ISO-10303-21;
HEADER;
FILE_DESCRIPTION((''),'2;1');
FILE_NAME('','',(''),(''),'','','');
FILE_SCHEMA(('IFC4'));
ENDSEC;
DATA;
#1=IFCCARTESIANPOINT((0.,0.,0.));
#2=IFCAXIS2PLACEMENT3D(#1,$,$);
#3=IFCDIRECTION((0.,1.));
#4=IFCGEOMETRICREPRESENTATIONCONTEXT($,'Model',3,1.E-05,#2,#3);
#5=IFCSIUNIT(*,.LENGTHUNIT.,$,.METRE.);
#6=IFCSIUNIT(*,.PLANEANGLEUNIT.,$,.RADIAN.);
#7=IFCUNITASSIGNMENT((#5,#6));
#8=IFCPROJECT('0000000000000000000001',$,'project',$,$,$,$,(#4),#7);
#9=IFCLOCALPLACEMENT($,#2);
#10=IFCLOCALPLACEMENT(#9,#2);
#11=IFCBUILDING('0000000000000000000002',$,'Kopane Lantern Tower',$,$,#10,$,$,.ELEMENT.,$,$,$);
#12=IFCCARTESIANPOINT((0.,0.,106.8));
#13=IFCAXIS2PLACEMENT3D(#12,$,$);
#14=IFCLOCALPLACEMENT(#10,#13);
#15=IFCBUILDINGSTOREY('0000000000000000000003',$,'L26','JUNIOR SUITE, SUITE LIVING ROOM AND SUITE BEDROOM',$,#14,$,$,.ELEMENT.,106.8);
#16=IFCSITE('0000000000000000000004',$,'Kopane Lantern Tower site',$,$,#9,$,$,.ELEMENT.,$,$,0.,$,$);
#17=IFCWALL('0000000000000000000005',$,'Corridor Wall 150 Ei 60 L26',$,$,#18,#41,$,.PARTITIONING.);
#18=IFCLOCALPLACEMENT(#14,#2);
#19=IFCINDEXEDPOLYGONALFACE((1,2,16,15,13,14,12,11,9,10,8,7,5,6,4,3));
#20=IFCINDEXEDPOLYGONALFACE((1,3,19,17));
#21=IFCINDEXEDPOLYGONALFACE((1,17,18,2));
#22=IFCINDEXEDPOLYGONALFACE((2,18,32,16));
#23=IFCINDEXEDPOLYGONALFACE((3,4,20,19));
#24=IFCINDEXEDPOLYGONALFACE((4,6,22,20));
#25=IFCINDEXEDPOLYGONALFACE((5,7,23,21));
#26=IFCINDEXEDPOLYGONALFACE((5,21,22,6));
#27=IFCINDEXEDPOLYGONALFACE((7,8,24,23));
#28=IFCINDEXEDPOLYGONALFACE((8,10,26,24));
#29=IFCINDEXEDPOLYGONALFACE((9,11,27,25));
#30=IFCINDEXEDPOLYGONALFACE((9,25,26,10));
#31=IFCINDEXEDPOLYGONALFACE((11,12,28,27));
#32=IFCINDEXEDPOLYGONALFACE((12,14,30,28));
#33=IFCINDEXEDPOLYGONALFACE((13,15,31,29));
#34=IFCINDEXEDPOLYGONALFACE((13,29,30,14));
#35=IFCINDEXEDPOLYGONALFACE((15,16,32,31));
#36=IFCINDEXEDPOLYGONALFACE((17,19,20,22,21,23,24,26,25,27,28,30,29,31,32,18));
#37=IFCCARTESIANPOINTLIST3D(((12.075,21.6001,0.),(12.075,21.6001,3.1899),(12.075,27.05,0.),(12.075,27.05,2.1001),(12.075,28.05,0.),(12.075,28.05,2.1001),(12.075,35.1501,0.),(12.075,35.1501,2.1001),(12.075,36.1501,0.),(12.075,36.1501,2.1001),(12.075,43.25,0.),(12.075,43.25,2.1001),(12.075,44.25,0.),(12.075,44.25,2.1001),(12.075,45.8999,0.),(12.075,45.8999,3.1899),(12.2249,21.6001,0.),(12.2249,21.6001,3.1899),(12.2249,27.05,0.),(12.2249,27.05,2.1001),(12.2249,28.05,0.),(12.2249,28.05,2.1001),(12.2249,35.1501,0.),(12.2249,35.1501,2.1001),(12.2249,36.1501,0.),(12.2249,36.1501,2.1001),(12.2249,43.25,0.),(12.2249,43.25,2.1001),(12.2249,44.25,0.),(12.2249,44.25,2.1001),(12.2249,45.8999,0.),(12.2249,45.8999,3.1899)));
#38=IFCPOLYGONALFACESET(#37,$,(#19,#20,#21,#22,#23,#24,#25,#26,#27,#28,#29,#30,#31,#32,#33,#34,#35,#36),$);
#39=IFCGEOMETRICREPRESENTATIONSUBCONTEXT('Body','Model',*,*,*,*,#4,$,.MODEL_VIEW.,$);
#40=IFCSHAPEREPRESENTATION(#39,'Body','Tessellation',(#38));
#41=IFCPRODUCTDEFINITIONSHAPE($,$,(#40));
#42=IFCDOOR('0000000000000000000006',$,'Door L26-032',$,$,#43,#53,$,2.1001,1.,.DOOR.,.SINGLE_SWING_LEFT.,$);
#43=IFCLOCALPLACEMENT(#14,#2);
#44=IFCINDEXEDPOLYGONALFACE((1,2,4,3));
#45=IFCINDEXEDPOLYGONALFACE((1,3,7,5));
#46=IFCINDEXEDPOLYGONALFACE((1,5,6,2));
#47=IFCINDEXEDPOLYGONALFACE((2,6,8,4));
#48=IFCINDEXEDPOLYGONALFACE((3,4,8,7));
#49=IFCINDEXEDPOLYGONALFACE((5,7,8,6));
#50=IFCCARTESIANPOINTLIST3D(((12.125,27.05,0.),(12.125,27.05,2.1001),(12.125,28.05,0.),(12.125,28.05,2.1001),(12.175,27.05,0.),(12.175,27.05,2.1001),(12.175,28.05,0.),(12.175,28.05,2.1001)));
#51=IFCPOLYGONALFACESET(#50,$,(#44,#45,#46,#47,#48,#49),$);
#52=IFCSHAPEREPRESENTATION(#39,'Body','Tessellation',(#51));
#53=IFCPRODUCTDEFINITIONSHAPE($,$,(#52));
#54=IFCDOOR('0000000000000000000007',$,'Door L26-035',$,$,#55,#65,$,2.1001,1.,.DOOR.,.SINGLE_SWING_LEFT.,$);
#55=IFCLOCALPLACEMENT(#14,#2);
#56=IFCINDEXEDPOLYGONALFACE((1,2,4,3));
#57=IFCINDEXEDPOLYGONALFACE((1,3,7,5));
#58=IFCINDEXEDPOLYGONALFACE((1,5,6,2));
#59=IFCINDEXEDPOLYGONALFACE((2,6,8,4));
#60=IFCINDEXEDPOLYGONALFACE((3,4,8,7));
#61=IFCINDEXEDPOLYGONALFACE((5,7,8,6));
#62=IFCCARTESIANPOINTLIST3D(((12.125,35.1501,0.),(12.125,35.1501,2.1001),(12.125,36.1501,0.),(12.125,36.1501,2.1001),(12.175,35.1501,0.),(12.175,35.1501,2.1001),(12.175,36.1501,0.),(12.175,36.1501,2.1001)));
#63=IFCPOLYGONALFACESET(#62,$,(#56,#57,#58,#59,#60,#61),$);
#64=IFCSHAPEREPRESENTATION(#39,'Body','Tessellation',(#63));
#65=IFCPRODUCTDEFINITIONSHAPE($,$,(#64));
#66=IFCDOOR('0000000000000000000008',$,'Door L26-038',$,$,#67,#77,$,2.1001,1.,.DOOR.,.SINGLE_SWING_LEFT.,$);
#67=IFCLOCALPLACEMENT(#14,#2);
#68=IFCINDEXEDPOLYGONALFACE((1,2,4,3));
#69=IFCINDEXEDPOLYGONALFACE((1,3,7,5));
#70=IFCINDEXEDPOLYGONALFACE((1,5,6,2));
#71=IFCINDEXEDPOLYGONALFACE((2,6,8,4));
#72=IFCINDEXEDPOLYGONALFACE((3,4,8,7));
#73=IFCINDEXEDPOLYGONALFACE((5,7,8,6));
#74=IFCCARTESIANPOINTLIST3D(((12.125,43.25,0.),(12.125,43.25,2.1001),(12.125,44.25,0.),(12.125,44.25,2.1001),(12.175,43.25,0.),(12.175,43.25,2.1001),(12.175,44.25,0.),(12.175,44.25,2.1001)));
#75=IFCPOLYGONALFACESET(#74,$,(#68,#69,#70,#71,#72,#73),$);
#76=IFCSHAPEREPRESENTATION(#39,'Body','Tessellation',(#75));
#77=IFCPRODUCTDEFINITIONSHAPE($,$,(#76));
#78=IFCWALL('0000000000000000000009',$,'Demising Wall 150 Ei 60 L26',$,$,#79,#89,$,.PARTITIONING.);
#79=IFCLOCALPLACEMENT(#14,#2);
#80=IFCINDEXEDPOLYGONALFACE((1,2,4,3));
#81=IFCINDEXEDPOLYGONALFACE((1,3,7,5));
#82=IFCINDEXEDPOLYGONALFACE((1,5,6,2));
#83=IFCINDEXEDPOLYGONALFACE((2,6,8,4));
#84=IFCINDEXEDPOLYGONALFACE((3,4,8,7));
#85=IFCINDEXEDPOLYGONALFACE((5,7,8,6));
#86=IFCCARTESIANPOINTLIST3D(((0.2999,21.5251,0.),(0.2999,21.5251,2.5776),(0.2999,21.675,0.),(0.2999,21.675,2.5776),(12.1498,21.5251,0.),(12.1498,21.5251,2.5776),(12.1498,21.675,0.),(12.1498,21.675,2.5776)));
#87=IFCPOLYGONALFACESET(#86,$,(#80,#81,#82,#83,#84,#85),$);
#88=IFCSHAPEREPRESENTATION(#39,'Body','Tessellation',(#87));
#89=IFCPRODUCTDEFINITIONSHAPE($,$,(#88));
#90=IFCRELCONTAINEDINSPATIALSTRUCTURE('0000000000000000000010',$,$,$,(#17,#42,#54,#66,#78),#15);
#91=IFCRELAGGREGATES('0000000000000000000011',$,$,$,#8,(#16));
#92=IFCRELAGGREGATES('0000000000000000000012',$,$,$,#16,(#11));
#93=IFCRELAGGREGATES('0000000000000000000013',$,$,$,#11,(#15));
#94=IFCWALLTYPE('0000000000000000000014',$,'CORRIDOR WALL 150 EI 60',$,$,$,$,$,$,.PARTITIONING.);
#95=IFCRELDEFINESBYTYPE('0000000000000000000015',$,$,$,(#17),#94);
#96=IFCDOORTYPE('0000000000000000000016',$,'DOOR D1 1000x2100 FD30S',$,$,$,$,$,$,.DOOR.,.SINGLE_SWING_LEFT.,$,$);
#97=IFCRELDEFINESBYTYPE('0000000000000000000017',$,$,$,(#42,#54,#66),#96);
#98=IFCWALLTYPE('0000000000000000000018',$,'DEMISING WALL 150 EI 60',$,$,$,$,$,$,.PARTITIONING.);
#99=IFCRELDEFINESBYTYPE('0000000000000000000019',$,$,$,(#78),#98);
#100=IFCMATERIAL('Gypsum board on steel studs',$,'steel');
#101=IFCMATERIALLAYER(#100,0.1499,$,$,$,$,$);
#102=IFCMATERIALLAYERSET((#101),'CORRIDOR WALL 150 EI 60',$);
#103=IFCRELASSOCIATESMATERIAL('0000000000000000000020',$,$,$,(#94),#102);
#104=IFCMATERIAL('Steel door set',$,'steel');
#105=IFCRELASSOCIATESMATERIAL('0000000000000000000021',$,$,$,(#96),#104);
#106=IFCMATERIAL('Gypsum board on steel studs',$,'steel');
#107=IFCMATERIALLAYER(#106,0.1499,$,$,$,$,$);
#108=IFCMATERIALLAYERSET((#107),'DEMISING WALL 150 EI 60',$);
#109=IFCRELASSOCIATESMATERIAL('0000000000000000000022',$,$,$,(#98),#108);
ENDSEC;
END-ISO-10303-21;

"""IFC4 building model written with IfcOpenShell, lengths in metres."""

from ifc_helpers import new_model, si_unit, direction, frame, frame_2d, origin, place, context, subcontext, project, spatial, rectangle, extrude, material, layer, layer_set, type_object, element, fill, save


model = new_model("IFC4")

# Units and contexts
model_context = context("Model", 3, precision=1e-05, world=origin(), true_north=direction((0.0, 1.0)))
body_context = subcontext(model_context, "Body", "Model", "MODEL_VIEW")
ifc_project = project(units=[si_unit("LENGTHUNIT", "METRE"), si_unit("PLANEANGLEUNIT", "RADIAN")], contexts=[model_context])

# Site, building, storey
site_placement = place(None, origin())
site = spatial("IfcSite", under=ifc_project, at=site_placement, Name="Kopane Lantern Tower site", CompositionType="ELEMENT", RefElevation=0.0)
building_placement = place(site_placement, origin())
building = spatial("IfcBuilding", under=site, at=building_placement, Name="Kopane Lantern Tower", CompositionType="ELEMENT")
storey_placement = place(building_placement, frame((0.0, 0.0, 106.8)))
storey = spatial("IfcBuildingStorey", under=building, at=storey_placement, Name="L26", Description="JUNIOR SUITE, SUITE LIVING ROOM AND SUITE BEDROOM", CompositionType="ELEMENT", Elevation=106.8)

# Wall, openings, doors
ifc_material_1 = material(Name="Gypsum board on steel studs", Category="steel")
ifc_layer_1 = layer(ifc_material_1, 0.1499)
ifc_layer_set_1 = layer_set([ifc_layer_1], Name="CORRIDOR WALL 150 EI 60")
wall_type_1 = type_object("IfcWallType", Name="CORRIDOR WALL 150 EI 60", PredefinedType="PARTITIONING", material=ifc_layer_set_1)
ifc_material_2 = material(Name="Steel door set", Category="steel")
door_type_1 = type_object("IfcDoorType", Name="DOOR D1 1000x2100 FD30S", OperationType="SINGLE_SWING_LEFT", PredefinedType="DOOR", material=ifc_material_2)
wall_1_placement = place(storey_placement, frame((12.1499, 21.6001, 0.0), z_axis=(0.0, 0.0, 1.0), x_axis=(0.0, 1.0, 0.0)))
wall_1 = element("IfcWall", 1, at=wall_1_placement, inside=storey, type_object=wall_type_1, Name="Corridor Wall 150 Ei 60 L26", PredefinedType="PARTITIONING", context=body_context, shape_type="SweptSolid", body=[
    extrude(rectangle(XDim=24.2998, YDim=0.1499, at=frame_2d((12.1499, 0.0))), origin(), (0.0, 0.0, 1.0), 3.1899),
])
opening_1_placement = place(wall_1_placement, frame((5.45, 0.0, 0.0)))
opening_1 = element("IfcOpeningElement", 2, at=opening_1_placement, cuts=wall_1, PredefinedType="OPENING", context=body_context, shape_type="SweptSolid", body=[
    extrude(rectangle(XDim=1.0, YDim=2.1001, at=frame_2d((0.5, 1.05))), frame((0.0, 0.085, 0.0), z_axis=(0.0, -1.0, 0.0), x_axis=(1.0, 0.0, 0.0)), (0.0, 0.0, 1.0), 0.1699),
])
opening_2_placement = place(wall_1_placement, frame((13.55, 0.0, 0.0)))
opening_2 = element("IfcOpeningElement", 3, at=opening_2_placement, cuts=wall_1, PredefinedType="OPENING", context=body_context, shape_type="SweptSolid", body=[
    extrude(rectangle(XDim=1.0, YDim=2.1001, at=frame_2d((0.5, 1.05))), frame((0.0, 0.085, 0.0), z_axis=(0.0, -1.0, 0.0), x_axis=(1.0, 0.0, 0.0)), (0.0, 0.0, 1.0), 0.1699),
])
opening_3_placement = place(wall_1_placement, frame((21.6499, 0.0, 0.0)))
opening_3 = element("IfcOpeningElement", 4, at=opening_3_placement, cuts=wall_1, PredefinedType="OPENING", context=body_context, shape_type="SweptSolid", body=[
    extrude(rectangle(XDim=1.0, YDim=2.1001, at=frame_2d((0.5, 1.05))), frame((0.0, 0.085, 0.0), z_axis=(0.0, -1.0, 0.0), x_axis=(1.0, 0.0, 0.0)), (0.0, 0.0, 1.0), 0.1699),
])
door_1_placement = place(opening_1_placement, origin())
door_1 = element("IfcDoor", 5, at=door_1_placement, inside=storey, type_object=door_type_1, Name="Door L26-032", OperationType="SINGLE_SWING_LEFT", OverallHeight=2.1001, OverallWidth=1.0, PredefinedType="DOOR", context=body_context, shape_type="SweptSolid", body=[
    extrude(rectangle(XDim=1.0, YDim=2.1001, at=frame_2d((0.5, 1.05))), frame((0.0, 0.0249, 0.0), z_axis=(0.0, -1.0, 0.0), x_axis=(1.0, 0.0, 0.0)), (0.0, 0.0, 1.0), 0.05),
])
fill(opening_1, door_1)
door_2_placement = place(opening_2_placement, origin())
door_2 = element("IfcDoor", 6, at=door_2_placement, inside=storey, type_object=door_type_1, Name="Door L26-035", OperationType="SINGLE_SWING_LEFT", OverallHeight=2.1001, OverallWidth=1.0, PredefinedType="DOOR", context=body_context, shape_type="SweptSolid", body=[
    extrude(rectangle(XDim=1.0, YDim=2.1001, at=frame_2d((0.5, 1.05))), frame((0.0, 0.0249, 0.0), z_axis=(0.0, -1.0, 0.0), x_axis=(1.0, 0.0, 0.0)), (0.0, 0.0, 1.0), 0.05),
])
fill(opening_2, door_2)
door_3_placement = place(opening_3_placement, origin())
door_3 = element("IfcDoor", 7, at=door_3_placement, inside=storey, type_object=door_type_1, Name="Door L26-038", OperationType="SINGLE_SWING_LEFT", OverallHeight=2.1001, OverallWidth=1.0, PredefinedType="DOOR", context=body_context, shape_type="SweptSolid", body=[
    extrude(rectangle(XDim=1.0, YDim=2.1001, at=frame_2d((0.5, 1.05))), frame((0.0, 0.0249, 0.0), z_axis=(0.0, -1.0, 0.0), x_axis=(1.0, 0.0, 0.0)), (0.0, 0.0, 1.0), 0.05),
])
fill(opening_3, door_3)

# Wall
ifc_material_3 = material(Name="Gypsum board on steel studs", Category="steel")
ifc_layer_2 = layer(ifc_material_3, 0.1499)
ifc_layer_set_2 = layer_set([ifc_layer_2], Name="DEMISING WALL 150 EI 60")
wall_type_2 = type_object("IfcWallType", Name="DEMISING WALL 150 EI 60", PredefinedType="PARTITIONING", material=ifc_layer_set_2)
wall_2_placement = place(storey_placement, frame((0.3, 21.6001, 0.0), z_axis=(0.0, 0.0, 1.0), x_axis=(1.0, 0.0, 0.0)))
element("IfcWall", 8, at=wall_2_placement, inside=storey, type_object=wall_type_2, Name="Demising Wall 150 Ei 60 L26", PredefinedType="PARTITIONING", context=body_context, shape_type="SweptSolid", body=[
    extrude(rectangle(XDim=11.8499, YDim=0.1499, at=frame_2d((5.9248, 0.0))), origin(), (0.0, 0.0, 1.0), 2.5776),
])

save(model, "model.ifc")
